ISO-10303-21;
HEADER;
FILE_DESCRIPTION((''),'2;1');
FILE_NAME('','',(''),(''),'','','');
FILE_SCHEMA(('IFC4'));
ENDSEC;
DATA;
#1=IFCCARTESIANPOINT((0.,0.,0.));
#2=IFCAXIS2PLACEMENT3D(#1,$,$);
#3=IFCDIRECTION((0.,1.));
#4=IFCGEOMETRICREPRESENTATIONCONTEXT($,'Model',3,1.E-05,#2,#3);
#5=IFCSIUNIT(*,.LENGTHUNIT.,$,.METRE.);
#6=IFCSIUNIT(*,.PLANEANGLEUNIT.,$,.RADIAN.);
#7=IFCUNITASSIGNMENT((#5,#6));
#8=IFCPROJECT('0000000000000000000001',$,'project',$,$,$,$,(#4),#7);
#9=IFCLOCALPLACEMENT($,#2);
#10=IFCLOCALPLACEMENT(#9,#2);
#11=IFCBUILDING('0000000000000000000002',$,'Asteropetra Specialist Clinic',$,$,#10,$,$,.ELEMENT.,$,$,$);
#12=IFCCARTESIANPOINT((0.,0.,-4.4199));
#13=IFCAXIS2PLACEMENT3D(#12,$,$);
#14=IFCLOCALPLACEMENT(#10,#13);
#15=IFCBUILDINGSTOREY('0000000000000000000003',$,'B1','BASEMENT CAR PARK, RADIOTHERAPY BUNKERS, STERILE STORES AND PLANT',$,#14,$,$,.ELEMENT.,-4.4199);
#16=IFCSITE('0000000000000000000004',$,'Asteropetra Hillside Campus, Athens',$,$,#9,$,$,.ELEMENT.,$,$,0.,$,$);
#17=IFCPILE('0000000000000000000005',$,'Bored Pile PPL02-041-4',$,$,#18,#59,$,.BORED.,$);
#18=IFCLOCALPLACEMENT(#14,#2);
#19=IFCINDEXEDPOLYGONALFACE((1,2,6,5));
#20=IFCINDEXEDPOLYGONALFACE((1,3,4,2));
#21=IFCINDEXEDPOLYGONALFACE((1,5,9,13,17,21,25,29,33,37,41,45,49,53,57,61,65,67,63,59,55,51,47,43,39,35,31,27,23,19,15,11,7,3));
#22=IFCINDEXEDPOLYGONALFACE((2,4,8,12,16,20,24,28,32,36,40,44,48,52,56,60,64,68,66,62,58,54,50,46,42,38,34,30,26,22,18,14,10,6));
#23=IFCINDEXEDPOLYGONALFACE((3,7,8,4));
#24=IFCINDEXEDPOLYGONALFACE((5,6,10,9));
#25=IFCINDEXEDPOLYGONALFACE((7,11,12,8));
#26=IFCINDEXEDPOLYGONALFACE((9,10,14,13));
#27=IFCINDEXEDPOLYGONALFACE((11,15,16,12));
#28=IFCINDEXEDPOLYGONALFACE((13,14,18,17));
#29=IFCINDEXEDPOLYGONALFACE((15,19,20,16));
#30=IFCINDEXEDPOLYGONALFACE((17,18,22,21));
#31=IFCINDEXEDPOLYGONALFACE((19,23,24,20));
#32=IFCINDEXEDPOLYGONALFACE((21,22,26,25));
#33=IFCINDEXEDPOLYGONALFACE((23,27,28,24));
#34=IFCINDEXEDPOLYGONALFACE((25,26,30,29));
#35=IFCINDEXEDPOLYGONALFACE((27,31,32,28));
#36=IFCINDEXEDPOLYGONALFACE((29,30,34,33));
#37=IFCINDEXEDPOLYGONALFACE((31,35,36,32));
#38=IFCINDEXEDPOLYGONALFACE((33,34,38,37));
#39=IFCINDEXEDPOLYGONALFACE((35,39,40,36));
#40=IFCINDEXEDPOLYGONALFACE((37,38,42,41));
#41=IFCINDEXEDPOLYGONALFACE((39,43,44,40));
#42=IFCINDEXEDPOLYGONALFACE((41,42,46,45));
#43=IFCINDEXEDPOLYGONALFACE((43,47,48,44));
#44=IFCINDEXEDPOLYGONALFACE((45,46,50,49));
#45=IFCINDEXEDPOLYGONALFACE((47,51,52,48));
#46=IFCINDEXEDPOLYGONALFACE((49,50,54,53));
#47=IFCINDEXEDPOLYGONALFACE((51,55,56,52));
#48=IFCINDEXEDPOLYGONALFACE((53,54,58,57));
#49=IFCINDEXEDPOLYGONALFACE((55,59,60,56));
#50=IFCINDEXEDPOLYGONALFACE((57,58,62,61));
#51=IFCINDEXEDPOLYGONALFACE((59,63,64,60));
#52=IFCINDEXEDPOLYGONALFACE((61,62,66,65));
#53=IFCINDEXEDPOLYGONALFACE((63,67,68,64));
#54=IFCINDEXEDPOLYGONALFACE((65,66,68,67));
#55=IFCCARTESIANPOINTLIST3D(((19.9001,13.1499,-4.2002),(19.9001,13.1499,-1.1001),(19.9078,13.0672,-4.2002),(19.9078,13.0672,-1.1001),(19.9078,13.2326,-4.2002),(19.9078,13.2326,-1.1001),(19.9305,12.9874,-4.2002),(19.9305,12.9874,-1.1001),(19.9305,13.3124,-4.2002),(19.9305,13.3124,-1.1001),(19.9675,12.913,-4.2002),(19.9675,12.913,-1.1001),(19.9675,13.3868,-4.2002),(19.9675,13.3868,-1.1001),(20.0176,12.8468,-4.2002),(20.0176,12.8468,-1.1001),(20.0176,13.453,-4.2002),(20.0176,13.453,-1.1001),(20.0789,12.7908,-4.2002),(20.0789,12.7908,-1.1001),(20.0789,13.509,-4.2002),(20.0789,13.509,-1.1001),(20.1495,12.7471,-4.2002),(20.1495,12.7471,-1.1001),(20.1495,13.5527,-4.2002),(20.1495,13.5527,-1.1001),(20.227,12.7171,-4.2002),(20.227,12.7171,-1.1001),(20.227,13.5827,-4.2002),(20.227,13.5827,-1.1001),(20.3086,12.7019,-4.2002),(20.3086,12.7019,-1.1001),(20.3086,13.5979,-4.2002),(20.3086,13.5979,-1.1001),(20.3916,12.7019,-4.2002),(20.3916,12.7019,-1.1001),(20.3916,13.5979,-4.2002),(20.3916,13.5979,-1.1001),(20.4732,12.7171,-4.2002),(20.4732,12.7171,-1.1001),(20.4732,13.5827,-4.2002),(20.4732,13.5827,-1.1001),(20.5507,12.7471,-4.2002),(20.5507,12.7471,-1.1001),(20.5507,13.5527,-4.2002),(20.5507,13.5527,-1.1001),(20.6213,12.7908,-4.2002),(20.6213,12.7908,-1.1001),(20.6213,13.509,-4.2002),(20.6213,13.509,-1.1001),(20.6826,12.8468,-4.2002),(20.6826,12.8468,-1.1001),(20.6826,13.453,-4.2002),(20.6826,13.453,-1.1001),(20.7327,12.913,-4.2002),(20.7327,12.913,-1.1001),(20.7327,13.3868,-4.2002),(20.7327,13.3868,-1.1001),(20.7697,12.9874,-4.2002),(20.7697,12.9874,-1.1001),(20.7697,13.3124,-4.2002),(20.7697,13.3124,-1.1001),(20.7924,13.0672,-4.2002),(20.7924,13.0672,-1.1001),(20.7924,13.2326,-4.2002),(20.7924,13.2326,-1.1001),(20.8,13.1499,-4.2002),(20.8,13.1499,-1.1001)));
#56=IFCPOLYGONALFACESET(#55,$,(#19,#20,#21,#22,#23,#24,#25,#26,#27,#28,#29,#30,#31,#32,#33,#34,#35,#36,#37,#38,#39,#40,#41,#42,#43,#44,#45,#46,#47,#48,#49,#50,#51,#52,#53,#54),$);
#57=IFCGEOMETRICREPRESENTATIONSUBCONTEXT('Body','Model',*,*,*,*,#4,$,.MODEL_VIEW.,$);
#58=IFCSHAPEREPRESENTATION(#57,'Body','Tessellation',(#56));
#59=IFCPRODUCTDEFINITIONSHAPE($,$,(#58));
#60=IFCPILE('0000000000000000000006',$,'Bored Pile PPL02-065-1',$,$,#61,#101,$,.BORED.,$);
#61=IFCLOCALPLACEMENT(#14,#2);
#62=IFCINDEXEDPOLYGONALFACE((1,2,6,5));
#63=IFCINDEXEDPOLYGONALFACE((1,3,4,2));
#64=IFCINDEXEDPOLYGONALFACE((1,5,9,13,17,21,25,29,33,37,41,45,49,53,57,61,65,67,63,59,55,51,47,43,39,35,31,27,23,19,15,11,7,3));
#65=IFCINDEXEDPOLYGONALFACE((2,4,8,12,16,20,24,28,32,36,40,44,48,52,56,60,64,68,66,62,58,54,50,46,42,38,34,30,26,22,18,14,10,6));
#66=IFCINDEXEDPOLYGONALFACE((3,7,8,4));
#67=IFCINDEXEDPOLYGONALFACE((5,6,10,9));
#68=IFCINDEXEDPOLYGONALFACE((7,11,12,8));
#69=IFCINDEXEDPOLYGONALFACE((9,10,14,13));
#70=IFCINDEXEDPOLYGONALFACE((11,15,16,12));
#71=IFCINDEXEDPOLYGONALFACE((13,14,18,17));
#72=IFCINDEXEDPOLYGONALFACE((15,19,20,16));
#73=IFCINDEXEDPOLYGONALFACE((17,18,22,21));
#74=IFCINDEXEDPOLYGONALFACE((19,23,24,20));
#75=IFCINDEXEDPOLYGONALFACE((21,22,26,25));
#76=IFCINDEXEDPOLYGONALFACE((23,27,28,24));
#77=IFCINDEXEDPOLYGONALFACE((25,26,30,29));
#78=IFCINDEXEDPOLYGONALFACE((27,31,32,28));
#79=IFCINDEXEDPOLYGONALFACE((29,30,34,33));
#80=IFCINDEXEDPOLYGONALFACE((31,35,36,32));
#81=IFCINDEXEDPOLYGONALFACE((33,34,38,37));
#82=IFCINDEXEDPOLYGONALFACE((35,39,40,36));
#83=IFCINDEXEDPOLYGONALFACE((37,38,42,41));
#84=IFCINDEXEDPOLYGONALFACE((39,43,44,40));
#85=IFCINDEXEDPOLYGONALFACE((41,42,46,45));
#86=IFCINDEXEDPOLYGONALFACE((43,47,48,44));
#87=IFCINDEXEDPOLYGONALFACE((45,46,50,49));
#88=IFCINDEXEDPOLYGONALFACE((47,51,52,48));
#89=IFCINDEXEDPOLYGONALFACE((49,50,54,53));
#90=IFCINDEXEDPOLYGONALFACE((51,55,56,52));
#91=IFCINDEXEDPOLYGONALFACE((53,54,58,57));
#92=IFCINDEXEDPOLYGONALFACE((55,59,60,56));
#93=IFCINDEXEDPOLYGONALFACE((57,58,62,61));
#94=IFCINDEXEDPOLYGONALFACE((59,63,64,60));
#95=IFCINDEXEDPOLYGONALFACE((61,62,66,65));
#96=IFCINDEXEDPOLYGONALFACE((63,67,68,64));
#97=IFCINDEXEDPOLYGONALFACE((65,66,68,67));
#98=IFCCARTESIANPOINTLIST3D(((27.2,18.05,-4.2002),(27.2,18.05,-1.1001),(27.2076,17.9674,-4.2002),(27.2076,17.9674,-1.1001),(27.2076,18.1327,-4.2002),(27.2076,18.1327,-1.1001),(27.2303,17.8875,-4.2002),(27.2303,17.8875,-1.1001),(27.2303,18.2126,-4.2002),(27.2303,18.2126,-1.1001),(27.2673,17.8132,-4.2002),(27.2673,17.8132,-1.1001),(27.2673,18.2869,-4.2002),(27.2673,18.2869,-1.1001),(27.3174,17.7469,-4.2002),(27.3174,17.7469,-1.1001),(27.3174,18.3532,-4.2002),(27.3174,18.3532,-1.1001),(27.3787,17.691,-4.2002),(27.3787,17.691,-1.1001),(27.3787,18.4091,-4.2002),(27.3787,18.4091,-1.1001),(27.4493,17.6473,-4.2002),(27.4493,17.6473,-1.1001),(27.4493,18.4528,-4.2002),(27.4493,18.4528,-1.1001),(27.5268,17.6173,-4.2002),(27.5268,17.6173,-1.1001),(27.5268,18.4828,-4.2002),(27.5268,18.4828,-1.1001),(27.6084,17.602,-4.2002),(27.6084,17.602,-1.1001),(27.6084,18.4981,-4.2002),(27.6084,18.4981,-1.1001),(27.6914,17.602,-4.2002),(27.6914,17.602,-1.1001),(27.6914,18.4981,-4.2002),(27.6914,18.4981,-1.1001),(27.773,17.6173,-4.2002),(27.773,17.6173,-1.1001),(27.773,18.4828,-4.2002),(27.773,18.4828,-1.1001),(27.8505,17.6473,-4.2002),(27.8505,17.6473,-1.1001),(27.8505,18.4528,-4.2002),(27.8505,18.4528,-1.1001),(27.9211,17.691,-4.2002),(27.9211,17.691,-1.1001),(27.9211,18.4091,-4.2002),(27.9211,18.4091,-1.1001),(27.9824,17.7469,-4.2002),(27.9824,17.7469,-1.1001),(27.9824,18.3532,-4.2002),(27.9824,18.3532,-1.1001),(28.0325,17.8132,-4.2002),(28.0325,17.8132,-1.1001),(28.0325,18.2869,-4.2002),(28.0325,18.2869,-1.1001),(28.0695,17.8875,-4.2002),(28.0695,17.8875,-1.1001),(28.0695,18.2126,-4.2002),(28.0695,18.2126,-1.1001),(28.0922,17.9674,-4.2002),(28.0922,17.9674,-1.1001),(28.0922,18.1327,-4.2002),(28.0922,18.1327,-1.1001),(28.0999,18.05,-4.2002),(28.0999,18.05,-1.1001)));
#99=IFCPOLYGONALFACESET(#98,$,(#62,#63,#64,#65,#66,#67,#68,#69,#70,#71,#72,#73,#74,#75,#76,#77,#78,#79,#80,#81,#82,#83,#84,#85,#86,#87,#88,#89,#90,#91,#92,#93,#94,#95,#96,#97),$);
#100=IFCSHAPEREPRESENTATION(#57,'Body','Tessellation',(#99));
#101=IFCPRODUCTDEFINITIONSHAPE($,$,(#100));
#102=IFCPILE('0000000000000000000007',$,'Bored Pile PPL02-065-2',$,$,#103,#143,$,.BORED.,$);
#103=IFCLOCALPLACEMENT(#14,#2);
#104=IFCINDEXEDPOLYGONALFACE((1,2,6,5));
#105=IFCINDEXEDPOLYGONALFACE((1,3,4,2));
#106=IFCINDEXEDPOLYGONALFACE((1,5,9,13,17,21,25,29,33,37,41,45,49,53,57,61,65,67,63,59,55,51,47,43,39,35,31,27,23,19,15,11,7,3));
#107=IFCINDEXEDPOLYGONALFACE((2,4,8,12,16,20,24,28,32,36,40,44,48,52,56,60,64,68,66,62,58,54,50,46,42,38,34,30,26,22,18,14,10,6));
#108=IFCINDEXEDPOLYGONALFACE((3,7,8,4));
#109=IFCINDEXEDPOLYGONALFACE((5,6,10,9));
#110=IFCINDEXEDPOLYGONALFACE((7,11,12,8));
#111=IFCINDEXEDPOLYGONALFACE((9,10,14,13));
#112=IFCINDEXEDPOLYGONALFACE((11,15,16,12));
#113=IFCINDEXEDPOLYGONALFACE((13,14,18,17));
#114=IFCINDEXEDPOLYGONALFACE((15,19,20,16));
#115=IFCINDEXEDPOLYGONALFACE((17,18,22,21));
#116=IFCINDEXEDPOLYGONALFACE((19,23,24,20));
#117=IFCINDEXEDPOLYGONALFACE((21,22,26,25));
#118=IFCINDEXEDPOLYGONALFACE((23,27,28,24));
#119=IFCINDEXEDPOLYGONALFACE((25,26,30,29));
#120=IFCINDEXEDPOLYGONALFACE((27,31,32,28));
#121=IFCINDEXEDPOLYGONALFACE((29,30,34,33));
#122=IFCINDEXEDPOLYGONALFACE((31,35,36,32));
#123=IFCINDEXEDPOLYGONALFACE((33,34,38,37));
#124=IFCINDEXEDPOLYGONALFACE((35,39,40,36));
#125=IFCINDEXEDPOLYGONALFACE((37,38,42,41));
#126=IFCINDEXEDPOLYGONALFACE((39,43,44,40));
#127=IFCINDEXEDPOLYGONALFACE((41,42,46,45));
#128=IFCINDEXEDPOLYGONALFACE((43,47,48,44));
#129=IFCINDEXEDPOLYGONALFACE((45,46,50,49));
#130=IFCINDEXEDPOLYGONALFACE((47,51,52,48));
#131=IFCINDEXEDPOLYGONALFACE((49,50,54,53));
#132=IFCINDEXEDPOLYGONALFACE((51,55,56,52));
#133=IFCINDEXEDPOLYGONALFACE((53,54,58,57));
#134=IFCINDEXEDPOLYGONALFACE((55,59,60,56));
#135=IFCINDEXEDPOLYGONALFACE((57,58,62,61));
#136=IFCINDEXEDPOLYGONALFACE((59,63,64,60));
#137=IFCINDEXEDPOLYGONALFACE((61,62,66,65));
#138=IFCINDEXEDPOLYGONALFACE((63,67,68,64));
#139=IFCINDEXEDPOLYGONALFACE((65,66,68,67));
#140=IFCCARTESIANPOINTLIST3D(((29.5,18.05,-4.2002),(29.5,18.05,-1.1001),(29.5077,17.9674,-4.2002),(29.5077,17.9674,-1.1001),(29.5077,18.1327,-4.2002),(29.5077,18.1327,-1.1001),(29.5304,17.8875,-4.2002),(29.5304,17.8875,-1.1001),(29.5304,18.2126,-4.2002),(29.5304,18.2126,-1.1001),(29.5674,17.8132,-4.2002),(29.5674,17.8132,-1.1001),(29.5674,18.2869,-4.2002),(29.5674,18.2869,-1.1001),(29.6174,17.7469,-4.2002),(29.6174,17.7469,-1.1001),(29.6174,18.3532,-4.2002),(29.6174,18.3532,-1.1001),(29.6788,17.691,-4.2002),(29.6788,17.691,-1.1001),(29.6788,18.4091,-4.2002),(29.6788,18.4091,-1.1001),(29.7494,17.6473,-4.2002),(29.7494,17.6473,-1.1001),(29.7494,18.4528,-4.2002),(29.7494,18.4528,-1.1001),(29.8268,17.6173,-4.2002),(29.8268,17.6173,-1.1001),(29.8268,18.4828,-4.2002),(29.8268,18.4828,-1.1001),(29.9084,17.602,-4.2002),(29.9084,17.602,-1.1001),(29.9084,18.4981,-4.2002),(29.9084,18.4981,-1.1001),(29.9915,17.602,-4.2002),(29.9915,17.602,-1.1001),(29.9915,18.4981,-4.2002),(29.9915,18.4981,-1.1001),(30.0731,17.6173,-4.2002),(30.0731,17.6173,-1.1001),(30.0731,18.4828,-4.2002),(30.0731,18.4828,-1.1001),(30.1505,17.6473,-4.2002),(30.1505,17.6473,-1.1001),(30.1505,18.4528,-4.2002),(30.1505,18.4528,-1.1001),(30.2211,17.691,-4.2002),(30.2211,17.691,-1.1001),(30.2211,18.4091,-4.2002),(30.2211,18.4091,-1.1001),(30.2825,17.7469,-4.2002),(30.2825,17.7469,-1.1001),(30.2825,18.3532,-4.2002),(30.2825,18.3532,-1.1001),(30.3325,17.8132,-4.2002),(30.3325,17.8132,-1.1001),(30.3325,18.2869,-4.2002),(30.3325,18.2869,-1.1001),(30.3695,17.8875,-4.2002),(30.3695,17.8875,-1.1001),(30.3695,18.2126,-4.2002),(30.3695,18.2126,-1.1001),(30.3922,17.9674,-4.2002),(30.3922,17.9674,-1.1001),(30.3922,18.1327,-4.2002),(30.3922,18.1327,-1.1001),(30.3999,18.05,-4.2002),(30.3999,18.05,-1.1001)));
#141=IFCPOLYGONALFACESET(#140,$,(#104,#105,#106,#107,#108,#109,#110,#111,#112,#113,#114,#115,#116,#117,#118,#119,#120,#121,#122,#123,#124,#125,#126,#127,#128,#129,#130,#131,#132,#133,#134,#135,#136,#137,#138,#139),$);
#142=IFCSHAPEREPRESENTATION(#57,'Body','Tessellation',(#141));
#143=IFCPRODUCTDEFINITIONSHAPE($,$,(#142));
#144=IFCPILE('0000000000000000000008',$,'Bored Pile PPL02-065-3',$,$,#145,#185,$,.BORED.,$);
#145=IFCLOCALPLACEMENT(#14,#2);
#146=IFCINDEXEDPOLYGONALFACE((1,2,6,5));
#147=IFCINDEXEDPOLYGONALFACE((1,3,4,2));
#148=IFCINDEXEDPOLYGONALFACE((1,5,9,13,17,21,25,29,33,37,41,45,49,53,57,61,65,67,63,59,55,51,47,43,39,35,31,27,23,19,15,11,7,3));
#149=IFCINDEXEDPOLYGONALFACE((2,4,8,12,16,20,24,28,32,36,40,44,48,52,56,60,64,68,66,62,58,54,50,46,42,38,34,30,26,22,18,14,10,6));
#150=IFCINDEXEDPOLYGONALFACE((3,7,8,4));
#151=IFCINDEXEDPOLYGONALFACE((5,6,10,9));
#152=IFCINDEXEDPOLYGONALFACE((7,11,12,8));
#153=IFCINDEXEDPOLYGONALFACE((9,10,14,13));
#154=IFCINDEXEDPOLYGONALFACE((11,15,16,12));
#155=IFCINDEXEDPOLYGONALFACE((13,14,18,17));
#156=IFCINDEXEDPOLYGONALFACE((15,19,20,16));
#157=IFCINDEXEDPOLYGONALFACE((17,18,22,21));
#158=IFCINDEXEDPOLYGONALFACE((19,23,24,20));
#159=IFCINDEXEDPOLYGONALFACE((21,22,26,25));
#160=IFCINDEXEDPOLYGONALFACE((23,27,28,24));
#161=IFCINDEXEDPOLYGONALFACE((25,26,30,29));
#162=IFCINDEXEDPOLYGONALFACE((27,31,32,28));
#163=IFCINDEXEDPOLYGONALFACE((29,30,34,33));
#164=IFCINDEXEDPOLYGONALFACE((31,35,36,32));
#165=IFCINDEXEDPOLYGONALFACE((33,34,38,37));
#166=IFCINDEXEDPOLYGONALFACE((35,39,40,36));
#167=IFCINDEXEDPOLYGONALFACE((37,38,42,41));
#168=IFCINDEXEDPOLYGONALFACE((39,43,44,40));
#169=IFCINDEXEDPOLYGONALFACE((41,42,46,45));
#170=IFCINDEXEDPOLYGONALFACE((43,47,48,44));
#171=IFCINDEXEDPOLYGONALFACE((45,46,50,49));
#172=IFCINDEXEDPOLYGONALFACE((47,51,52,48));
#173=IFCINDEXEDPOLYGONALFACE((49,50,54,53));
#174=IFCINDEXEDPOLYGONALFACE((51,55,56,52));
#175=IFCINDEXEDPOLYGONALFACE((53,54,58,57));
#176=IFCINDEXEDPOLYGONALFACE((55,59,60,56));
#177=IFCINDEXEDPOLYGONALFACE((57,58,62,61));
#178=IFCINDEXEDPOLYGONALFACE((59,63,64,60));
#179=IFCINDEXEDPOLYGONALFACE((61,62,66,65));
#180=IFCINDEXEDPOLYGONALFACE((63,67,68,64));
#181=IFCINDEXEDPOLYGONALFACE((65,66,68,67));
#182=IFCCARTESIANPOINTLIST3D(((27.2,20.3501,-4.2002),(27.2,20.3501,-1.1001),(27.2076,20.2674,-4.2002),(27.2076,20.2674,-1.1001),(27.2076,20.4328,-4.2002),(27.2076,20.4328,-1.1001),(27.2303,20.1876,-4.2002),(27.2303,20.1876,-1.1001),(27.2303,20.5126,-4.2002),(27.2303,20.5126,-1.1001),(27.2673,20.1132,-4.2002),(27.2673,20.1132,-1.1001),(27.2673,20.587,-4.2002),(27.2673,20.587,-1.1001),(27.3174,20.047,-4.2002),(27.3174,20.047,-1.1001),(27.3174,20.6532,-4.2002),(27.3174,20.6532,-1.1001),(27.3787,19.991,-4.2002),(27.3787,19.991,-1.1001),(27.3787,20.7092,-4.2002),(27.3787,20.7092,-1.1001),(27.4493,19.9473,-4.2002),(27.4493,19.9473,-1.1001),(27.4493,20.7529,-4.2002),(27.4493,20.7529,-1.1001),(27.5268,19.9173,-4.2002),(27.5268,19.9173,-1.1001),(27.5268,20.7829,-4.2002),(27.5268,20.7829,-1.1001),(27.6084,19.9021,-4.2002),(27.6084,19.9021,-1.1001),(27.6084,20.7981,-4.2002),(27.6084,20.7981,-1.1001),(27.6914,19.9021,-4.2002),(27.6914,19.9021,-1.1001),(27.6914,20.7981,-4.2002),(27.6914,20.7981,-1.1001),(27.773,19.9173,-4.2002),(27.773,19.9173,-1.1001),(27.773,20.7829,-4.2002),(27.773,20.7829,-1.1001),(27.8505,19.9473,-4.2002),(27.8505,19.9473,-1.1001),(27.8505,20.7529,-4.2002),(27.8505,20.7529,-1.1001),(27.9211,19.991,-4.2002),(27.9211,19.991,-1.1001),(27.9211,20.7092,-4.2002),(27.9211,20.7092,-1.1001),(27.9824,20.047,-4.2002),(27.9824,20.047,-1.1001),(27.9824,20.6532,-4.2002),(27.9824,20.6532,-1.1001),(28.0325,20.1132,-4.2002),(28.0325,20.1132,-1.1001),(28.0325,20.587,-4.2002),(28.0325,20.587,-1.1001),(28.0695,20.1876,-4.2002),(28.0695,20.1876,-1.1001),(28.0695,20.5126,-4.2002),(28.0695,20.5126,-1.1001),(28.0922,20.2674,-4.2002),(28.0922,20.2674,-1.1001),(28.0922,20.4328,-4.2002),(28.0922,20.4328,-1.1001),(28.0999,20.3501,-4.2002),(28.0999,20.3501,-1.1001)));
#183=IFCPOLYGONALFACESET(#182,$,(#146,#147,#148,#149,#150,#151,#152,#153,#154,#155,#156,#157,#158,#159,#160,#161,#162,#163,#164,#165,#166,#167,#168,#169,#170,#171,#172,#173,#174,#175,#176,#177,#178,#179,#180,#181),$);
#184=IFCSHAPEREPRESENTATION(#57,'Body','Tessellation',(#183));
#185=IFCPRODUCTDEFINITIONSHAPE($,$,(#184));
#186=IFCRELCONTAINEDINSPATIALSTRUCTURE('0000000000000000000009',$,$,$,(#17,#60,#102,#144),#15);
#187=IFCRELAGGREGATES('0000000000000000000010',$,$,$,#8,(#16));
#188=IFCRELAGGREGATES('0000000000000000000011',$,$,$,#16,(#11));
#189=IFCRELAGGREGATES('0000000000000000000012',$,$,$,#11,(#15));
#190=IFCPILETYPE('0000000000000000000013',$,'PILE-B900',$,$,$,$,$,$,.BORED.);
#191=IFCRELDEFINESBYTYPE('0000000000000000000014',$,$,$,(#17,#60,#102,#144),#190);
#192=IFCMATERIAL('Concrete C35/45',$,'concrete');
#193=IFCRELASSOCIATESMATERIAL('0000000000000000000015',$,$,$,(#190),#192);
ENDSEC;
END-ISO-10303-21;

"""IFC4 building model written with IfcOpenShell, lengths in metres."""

from ifc_helpers import new_model, si_unit, direction, frame, origin, origin_2d, place, context, subcontext, project, spatial, circle, extrude, material, material_profile, profile_set, type_object, element, save


model = new_model("IFC4")

# Units and contexts
model_context = context("Model", 3, precision=1e-05, world=origin(), true_north=direction((0.0, 1.0)))
body_context = subcontext(model_context, "Body", "Model", "MODEL_VIEW")
ifc_project = project(units=[si_unit("LENGTHUNIT", "METRE"), si_unit("PLANEANGLEUNIT", "RADIAN")], contexts=[model_context])

# Site, building, storey
site_placement = place(None, origin())
site = spatial("IfcSite", under=ifc_project, at=site_placement, Name="Asteropetra Hillside Campus, Athens", CompositionType="ELEMENT", RefElevation=0.0)
building_placement = place(site_placement, origin())
building = spatial("IfcBuilding", under=site, at=building_placement, Name="Asteropetra Specialist Clinic", CompositionType="ELEMENT")
storey_placement = place(building_placement, frame((0.0, 0.0, -4.4199)))
storey = spatial("IfcBuildingStorey", under=building, at=storey_placement, Name="B1", Description="BASEMENT CAR PARK, RADIOTHERAPY BUNKERS, STERILE STORES AND PLANT", CompositionType="ELEMENT", Elevation=-4.4199)

# Piles
ifc_material_1 = material(Name="Concrete C35/45", Category="concrete")
ifc_material_profile_1 = material_profile(ifc_material_1, circle(Radius=0.45, at=origin_2d()), Name="PILE D900")
ifc_profile_set_1 = profile_set([ifc_material_profile_1], Name="Concrete C35/45")
pile_type_1 = type_object("IfcPileType", Name="PILE-B900", PredefinedType="BORED", material=ifc_profile_set_1)
for number, where, z_axis, x_axis, name in (
    (1, (20.3501, 13.1499, -1.1001), (0.0, 0.0, -1.0), (1.0, 0.0, 0.0), "Bored Pile PPL02-041-4"),
    (2, (27.6499, 18.05, -1.1001), (0.0, 0.0, -1.0), (1.0, 0.0, 0.0), "Bored Pile PPL02-065-1"),
    (3, (29.95, 18.05, -1.1001), (0.0, 0.0, -1.0), (1.0, 0.0, 0.0), "Bored Pile PPL02-065-2"),
    (4, (27.6499, 20.3501, -1.1001), (0.0, 0.0, -1.0), (1.0, 0.0, 0.0), "Bored Pile PPL02-065-3"),
):
    element("IfcPile", number, at=place(storey_placement, frame(where, z_axis=z_axis, x_axis=x_axis)), inside=storey, type_object=pile_type_1, Name=name, PredefinedType="BORED", context=body_context, shape_type="SweptSolid", body=[
        extrude(circle(Radius=0.45, at=origin_2d()), origin(), (0.0, 0.0, 1.0), 3.1001),
    ])

save(model, "model.ifc")
